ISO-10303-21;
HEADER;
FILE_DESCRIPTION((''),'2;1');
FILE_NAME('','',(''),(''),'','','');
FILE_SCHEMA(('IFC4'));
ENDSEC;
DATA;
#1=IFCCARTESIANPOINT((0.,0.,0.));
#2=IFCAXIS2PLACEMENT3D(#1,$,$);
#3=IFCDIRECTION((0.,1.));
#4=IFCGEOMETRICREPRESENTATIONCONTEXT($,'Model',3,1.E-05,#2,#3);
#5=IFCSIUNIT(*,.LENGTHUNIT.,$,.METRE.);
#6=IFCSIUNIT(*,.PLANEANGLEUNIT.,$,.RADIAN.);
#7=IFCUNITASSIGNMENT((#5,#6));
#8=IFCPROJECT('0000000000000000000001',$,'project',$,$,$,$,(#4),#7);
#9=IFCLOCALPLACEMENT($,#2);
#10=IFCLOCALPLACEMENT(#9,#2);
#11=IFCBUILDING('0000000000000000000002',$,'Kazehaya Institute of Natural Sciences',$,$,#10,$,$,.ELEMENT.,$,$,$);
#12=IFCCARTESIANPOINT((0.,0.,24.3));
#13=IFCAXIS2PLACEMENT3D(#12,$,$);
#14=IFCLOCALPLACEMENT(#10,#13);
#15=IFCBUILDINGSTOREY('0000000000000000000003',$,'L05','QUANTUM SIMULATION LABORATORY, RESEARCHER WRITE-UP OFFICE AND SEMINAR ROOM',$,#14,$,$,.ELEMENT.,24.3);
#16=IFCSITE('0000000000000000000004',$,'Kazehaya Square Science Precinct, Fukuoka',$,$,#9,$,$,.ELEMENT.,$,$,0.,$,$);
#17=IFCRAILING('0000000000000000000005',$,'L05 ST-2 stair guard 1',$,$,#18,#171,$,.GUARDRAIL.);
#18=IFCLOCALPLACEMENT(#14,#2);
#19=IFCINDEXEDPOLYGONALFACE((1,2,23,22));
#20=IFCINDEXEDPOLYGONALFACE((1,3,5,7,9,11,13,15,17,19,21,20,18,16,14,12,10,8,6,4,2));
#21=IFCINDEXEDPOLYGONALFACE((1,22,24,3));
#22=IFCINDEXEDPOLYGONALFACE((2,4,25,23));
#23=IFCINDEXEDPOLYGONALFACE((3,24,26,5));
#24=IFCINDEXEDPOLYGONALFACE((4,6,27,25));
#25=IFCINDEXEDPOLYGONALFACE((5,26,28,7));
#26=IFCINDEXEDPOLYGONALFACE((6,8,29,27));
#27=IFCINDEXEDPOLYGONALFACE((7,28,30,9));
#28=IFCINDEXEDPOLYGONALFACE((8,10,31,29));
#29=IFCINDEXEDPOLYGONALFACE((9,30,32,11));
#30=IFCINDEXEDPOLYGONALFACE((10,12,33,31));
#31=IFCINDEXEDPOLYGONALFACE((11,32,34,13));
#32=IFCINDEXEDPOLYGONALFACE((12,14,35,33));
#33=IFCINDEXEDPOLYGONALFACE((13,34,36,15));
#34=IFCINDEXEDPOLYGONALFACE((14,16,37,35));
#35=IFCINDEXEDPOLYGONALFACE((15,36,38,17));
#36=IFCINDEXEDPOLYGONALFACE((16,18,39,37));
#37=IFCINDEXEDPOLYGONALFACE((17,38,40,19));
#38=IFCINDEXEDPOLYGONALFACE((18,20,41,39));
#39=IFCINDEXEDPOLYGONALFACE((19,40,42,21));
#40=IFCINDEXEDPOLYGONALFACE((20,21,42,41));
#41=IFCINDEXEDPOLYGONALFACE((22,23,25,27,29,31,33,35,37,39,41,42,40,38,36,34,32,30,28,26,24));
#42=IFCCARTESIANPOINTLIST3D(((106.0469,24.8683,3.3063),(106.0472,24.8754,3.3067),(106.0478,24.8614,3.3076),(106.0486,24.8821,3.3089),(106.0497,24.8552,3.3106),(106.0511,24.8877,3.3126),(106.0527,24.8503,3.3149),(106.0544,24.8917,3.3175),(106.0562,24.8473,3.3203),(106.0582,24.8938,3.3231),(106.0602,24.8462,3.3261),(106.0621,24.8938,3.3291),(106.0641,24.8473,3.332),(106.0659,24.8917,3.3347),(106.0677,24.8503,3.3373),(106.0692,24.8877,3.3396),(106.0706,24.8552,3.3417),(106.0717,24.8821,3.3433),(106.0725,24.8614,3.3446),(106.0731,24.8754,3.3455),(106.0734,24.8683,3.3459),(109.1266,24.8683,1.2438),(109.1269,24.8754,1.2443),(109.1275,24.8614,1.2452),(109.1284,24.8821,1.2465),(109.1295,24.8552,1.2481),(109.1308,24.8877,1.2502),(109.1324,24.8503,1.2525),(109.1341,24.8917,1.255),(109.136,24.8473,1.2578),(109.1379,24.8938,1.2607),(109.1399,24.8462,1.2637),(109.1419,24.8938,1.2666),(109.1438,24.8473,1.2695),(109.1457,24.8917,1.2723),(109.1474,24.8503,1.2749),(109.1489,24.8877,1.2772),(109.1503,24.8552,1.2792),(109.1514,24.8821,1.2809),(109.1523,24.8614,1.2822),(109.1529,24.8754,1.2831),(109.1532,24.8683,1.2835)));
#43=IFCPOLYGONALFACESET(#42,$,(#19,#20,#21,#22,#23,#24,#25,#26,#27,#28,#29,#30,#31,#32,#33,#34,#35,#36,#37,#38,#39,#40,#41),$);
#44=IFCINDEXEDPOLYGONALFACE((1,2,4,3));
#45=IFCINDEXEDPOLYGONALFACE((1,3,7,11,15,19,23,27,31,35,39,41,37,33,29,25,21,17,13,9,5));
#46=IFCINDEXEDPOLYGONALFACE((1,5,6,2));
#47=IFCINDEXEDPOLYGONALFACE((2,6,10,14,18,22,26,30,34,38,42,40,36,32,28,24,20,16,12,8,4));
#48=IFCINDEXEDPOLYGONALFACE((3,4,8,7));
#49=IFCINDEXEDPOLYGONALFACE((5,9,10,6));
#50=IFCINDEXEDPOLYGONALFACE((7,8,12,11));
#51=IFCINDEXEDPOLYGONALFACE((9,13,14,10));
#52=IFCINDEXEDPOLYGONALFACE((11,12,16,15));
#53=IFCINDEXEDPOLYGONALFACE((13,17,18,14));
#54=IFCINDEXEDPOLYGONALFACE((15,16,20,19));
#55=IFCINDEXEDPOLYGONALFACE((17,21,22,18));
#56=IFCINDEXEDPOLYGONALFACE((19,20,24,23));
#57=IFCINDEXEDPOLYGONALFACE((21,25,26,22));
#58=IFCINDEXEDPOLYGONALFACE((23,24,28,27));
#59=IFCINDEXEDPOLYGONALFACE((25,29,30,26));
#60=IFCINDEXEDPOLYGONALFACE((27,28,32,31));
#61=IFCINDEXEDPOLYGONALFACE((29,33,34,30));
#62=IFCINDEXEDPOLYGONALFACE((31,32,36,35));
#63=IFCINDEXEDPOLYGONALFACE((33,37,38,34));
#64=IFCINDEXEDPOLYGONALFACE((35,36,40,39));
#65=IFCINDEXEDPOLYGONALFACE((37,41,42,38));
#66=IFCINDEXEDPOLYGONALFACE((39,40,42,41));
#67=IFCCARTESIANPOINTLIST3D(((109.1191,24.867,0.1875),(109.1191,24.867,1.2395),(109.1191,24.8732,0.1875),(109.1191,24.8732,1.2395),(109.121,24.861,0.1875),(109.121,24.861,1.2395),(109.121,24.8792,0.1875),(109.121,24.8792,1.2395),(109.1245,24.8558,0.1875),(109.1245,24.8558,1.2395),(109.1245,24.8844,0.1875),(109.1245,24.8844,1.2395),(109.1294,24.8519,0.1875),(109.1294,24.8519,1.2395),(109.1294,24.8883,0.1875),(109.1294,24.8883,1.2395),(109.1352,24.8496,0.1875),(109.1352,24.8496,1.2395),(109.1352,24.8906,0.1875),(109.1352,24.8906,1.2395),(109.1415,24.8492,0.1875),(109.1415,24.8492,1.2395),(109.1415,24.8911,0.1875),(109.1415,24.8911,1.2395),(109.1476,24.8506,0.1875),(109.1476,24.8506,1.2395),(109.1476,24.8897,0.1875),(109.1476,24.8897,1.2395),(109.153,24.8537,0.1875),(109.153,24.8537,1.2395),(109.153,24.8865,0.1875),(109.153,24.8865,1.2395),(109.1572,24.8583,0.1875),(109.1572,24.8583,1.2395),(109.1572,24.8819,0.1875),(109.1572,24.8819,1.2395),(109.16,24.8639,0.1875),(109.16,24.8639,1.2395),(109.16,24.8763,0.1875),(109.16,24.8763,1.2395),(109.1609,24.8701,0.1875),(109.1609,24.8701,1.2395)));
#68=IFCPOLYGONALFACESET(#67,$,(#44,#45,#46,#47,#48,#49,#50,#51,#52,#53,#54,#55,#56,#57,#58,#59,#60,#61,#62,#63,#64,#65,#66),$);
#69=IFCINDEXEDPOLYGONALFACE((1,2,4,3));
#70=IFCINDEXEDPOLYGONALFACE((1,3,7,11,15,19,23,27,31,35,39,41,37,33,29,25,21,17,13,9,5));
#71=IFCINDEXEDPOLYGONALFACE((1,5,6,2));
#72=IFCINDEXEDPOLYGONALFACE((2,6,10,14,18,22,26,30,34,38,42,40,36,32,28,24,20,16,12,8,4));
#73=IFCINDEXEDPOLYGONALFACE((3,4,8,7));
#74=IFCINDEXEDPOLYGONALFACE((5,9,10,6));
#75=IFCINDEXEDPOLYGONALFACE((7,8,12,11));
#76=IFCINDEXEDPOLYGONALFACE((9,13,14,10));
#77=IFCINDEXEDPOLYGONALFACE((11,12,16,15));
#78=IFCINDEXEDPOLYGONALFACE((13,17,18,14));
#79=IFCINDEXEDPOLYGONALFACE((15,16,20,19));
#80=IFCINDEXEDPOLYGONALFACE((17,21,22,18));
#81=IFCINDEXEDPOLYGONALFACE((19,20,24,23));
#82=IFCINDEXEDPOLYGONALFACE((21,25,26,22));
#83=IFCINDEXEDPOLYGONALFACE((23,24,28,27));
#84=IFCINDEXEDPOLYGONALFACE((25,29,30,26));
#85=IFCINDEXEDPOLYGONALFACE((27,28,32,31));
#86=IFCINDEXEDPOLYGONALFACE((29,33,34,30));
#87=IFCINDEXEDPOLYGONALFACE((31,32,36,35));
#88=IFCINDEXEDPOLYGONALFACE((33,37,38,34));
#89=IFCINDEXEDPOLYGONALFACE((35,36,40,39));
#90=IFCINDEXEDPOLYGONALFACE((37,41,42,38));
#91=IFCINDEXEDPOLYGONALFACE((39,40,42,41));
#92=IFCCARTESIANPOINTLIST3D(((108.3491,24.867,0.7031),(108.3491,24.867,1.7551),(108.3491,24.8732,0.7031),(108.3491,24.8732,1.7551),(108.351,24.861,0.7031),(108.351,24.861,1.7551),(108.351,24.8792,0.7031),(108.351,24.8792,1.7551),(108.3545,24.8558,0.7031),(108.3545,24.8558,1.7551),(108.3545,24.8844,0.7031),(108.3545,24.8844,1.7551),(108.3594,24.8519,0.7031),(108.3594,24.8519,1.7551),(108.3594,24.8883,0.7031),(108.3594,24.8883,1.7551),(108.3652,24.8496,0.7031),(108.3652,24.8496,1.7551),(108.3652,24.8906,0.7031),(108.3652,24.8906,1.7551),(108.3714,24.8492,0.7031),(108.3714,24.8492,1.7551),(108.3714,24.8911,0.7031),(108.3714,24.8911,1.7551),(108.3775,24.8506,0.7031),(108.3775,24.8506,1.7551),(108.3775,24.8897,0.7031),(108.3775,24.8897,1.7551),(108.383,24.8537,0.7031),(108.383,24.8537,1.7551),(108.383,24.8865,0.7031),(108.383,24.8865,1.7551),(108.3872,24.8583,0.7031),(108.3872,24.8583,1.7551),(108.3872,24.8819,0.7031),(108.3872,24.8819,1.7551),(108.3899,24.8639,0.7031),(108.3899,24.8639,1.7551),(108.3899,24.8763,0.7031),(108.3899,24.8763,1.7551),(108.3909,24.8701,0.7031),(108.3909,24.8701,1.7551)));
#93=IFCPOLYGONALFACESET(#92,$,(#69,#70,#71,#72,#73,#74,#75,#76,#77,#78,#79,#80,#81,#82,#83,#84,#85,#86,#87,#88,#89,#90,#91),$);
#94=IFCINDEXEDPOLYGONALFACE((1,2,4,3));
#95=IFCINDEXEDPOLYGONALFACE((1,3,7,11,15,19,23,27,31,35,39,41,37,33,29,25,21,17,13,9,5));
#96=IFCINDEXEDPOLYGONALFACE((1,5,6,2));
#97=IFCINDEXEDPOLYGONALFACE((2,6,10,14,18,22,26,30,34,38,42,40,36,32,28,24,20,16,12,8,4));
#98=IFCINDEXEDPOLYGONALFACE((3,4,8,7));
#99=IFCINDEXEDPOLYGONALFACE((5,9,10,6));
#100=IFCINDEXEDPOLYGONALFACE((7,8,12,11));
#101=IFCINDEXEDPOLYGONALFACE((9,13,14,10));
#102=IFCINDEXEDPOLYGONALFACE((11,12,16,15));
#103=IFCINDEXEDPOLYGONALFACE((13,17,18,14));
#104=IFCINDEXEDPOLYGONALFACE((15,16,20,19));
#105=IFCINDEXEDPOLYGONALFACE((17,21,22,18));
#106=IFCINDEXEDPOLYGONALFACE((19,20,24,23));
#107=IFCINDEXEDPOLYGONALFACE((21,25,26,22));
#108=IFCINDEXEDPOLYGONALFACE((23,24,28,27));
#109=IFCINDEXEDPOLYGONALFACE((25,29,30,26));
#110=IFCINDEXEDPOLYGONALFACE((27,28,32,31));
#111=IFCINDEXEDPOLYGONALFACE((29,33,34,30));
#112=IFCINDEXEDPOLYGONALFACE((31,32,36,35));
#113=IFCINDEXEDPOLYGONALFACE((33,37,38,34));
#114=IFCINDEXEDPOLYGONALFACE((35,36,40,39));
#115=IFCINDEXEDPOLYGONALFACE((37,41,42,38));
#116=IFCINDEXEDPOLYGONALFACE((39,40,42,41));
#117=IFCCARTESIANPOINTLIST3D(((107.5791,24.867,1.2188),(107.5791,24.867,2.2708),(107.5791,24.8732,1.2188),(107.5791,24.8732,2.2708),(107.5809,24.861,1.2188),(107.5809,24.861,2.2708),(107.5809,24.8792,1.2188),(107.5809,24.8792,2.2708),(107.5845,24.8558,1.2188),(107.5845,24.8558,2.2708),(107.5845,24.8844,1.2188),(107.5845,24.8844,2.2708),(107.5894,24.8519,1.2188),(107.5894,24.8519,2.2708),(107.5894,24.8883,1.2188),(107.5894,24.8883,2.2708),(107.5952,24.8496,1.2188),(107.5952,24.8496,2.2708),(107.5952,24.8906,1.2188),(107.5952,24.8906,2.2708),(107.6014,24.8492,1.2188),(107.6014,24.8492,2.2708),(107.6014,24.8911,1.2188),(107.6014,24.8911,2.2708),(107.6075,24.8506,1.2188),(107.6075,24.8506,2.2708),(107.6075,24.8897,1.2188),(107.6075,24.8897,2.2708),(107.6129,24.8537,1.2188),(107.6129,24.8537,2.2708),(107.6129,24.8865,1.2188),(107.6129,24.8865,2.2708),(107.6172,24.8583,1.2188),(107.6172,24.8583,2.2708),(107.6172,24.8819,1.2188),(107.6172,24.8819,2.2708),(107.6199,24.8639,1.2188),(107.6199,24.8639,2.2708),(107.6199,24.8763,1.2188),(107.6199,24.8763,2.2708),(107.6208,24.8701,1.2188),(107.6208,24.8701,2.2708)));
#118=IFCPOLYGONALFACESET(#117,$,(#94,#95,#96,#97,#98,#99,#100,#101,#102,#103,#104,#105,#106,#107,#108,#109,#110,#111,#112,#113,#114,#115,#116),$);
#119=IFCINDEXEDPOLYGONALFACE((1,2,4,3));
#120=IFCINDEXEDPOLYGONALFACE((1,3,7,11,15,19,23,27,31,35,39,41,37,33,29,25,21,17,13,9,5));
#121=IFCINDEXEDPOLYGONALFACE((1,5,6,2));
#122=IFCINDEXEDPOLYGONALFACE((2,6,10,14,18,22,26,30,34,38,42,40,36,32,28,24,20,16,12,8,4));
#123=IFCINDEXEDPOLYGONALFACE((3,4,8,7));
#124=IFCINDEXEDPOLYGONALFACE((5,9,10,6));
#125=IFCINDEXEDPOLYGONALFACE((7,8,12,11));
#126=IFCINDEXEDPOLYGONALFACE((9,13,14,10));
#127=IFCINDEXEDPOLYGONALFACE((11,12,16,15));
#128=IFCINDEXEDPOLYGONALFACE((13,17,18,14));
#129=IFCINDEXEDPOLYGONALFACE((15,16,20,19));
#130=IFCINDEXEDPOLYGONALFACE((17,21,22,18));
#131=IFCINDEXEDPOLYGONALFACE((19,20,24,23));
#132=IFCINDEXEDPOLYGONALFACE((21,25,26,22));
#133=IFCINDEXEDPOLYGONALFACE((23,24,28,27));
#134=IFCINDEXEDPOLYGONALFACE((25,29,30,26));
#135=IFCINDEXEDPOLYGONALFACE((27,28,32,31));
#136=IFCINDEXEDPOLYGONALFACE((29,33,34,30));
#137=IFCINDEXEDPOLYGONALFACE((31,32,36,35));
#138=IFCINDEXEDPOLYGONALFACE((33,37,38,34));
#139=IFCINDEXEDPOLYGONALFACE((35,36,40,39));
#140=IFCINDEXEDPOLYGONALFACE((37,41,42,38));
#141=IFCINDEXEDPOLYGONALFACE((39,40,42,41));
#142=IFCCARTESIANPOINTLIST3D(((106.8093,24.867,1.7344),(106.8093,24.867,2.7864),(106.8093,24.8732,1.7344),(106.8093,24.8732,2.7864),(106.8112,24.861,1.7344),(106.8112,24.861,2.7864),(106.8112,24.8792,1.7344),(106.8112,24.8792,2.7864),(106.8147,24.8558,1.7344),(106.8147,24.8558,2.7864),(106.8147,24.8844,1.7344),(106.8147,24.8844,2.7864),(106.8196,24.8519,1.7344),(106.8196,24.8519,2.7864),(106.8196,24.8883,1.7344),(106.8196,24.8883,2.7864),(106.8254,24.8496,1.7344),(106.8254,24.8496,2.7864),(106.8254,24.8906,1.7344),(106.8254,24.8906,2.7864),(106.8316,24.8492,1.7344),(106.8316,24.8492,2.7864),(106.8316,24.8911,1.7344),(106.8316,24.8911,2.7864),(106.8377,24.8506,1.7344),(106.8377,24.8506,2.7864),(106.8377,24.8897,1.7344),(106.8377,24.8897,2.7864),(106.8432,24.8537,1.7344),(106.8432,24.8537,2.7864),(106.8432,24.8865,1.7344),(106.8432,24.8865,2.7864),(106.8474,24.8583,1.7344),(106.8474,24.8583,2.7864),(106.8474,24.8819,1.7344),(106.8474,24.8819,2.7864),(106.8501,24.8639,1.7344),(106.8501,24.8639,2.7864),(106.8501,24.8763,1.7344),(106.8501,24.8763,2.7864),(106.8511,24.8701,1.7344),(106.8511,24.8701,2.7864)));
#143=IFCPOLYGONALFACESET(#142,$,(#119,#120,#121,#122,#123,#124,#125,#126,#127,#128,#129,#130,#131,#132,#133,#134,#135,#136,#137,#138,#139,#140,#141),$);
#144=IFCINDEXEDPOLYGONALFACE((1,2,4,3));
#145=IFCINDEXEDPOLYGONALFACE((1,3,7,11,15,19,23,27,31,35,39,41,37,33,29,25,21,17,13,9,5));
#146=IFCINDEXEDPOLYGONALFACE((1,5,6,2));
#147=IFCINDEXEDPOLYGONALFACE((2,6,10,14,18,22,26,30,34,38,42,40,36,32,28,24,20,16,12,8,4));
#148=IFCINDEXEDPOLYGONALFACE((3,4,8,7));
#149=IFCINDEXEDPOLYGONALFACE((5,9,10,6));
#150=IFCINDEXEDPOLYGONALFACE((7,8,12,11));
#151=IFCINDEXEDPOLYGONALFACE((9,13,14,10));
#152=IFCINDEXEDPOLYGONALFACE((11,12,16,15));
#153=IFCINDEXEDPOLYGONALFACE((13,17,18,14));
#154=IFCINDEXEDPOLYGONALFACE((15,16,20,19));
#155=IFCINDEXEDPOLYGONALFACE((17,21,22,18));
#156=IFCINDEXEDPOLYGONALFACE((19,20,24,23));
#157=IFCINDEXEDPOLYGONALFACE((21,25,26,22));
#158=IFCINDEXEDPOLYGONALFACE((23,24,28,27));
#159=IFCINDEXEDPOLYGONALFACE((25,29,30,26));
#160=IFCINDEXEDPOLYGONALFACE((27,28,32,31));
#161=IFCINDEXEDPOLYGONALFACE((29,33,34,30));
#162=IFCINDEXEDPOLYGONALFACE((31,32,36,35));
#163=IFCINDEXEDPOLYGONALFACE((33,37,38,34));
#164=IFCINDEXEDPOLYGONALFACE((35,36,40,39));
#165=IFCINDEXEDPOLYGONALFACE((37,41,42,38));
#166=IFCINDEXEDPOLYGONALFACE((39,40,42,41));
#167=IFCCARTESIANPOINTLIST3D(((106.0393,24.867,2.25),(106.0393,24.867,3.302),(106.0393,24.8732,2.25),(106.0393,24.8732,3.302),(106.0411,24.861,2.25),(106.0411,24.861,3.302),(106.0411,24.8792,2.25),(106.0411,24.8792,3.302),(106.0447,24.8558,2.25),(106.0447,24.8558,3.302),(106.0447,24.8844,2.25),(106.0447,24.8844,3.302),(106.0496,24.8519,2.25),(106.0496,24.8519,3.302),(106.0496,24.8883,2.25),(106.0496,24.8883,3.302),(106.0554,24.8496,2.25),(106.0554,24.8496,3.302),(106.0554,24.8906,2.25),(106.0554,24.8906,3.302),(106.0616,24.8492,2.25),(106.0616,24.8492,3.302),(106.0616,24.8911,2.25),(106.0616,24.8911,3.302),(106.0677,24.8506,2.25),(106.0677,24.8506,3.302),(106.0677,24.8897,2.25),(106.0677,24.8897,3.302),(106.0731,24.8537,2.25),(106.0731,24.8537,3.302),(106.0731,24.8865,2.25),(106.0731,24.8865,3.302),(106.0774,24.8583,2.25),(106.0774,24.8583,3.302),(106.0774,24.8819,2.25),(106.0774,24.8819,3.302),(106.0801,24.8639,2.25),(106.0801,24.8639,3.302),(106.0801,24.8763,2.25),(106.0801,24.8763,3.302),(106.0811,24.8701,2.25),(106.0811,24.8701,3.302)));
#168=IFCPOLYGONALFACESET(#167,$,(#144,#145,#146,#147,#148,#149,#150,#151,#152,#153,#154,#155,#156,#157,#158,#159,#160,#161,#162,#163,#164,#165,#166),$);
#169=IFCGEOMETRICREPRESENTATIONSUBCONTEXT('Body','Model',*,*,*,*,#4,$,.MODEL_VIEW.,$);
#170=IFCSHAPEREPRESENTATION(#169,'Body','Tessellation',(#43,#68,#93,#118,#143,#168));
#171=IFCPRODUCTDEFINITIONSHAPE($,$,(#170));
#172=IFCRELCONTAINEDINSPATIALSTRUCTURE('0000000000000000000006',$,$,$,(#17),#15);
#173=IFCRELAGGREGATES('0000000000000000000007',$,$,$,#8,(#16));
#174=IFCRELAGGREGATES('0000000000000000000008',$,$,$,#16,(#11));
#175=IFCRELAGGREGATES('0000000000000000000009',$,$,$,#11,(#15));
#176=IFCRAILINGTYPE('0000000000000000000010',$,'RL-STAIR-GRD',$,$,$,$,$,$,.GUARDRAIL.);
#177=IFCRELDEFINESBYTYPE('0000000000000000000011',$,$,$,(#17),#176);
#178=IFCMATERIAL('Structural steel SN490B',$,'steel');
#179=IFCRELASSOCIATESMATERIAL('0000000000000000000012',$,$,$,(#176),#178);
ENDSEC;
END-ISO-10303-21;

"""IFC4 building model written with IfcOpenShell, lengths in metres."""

from ifc_helpers import new_model, si_unit, direction, frame, origin, origin_2d, place, context, subcontext, project, spatial, circle, extrude, material, type_object, element, save


model = new_model("IFC4")

# Units and contexts
model_context = context("Model", 3, precision=1e-05, world=origin(), true_north=direction((0.0, 1.0)))
body_context = subcontext(model_context, "Body", "Model", "MODEL_VIEW")
ifc_project = project(units=[si_unit("LENGTHUNIT", "METRE"), si_unit("PLANEANGLEUNIT", "RADIAN")], contexts=[model_context])

# Site, building, storey
site_placement = place(None, origin())
site = spatial("IfcSite", under=ifc_project, at=site_placement, Name="Kazehaya Square Science Precinct, Fukuoka", CompositionType="ELEMENT", RefElevation=0.0)
building_placement = place(site_placement, origin())
building = spatial("IfcBuilding", under=site, at=building_placement, Name="Kazehaya Institute of Natural Sciences", CompositionType="ELEMENT")
storey_placement = place(building_placement, frame((0.0, 0.0, 24.3)))
storey = spatial("IfcBuildingStorey", under=building, at=storey_placement, Name="L05", Description="QUANTUM SIMULATION LABORATORY, RESEARCHER WRITE-UP OFFICE AND SEMINAR ROOM", CompositionType="ELEMENT", Elevation=24.3)

# Railing
ifc_material_1 = material(Name="Structural steel SN490B", Category="steel")
railing_type_1 = type_object("IfcRailingType", Name="RL-STAIR-GRD", PredefinedType="GUARDRAIL", material=ifc_material_1)
railing_1_placement = place(storey_placement, frame((109.1399, 24.8701, 0.1875)))
element("IfcRailing", 1, at=railing_1_placement, inside=storey, type_object=railing_type_1, Name="L05 ST-2 stair guard 1", PredefinedType="GUARDRAIL", context=body_context, shape_type="SweptSolid", body=[
    extrude(circle(Radius=0.0239, at=origin_2d()), frame((0.0, 0.0, 1.0762), z_axis=(-0.830893, 0.0, 0.556432), x_axis=(0.0, -1.0, 0.0)), (0.0, 0.0, 1.0), 3.7065),
    extrude(circle(Radius=0.021, at=origin_2d()), origin(), (0.0, 0.0, 1.0), 1.052),
    extrude(circle(Radius=0.021, at=origin_2d()), frame((-0.77, 0.0, 0.5156)), (0.0, 0.0, 1.0), 1.052),
    extrude(circle(Radius=0.021, at=origin_2d()), frame((-1.54, 0.0, 1.0312)), (0.0, 0.0, 1.0), 1.052),
    extrude(circle(Radius=0.021, at=origin_2d()), frame((-2.3098, 0.0, 1.5469)), (0.0, 0.0, 1.0), 1.052),
    extrude(circle(Radius=0.021, at=origin_2d()), frame((-3.0798, 0.0, 2.0625)), (0.0, 0.0, 1.0), 1.052),
])

save(model, "model.ifc")
